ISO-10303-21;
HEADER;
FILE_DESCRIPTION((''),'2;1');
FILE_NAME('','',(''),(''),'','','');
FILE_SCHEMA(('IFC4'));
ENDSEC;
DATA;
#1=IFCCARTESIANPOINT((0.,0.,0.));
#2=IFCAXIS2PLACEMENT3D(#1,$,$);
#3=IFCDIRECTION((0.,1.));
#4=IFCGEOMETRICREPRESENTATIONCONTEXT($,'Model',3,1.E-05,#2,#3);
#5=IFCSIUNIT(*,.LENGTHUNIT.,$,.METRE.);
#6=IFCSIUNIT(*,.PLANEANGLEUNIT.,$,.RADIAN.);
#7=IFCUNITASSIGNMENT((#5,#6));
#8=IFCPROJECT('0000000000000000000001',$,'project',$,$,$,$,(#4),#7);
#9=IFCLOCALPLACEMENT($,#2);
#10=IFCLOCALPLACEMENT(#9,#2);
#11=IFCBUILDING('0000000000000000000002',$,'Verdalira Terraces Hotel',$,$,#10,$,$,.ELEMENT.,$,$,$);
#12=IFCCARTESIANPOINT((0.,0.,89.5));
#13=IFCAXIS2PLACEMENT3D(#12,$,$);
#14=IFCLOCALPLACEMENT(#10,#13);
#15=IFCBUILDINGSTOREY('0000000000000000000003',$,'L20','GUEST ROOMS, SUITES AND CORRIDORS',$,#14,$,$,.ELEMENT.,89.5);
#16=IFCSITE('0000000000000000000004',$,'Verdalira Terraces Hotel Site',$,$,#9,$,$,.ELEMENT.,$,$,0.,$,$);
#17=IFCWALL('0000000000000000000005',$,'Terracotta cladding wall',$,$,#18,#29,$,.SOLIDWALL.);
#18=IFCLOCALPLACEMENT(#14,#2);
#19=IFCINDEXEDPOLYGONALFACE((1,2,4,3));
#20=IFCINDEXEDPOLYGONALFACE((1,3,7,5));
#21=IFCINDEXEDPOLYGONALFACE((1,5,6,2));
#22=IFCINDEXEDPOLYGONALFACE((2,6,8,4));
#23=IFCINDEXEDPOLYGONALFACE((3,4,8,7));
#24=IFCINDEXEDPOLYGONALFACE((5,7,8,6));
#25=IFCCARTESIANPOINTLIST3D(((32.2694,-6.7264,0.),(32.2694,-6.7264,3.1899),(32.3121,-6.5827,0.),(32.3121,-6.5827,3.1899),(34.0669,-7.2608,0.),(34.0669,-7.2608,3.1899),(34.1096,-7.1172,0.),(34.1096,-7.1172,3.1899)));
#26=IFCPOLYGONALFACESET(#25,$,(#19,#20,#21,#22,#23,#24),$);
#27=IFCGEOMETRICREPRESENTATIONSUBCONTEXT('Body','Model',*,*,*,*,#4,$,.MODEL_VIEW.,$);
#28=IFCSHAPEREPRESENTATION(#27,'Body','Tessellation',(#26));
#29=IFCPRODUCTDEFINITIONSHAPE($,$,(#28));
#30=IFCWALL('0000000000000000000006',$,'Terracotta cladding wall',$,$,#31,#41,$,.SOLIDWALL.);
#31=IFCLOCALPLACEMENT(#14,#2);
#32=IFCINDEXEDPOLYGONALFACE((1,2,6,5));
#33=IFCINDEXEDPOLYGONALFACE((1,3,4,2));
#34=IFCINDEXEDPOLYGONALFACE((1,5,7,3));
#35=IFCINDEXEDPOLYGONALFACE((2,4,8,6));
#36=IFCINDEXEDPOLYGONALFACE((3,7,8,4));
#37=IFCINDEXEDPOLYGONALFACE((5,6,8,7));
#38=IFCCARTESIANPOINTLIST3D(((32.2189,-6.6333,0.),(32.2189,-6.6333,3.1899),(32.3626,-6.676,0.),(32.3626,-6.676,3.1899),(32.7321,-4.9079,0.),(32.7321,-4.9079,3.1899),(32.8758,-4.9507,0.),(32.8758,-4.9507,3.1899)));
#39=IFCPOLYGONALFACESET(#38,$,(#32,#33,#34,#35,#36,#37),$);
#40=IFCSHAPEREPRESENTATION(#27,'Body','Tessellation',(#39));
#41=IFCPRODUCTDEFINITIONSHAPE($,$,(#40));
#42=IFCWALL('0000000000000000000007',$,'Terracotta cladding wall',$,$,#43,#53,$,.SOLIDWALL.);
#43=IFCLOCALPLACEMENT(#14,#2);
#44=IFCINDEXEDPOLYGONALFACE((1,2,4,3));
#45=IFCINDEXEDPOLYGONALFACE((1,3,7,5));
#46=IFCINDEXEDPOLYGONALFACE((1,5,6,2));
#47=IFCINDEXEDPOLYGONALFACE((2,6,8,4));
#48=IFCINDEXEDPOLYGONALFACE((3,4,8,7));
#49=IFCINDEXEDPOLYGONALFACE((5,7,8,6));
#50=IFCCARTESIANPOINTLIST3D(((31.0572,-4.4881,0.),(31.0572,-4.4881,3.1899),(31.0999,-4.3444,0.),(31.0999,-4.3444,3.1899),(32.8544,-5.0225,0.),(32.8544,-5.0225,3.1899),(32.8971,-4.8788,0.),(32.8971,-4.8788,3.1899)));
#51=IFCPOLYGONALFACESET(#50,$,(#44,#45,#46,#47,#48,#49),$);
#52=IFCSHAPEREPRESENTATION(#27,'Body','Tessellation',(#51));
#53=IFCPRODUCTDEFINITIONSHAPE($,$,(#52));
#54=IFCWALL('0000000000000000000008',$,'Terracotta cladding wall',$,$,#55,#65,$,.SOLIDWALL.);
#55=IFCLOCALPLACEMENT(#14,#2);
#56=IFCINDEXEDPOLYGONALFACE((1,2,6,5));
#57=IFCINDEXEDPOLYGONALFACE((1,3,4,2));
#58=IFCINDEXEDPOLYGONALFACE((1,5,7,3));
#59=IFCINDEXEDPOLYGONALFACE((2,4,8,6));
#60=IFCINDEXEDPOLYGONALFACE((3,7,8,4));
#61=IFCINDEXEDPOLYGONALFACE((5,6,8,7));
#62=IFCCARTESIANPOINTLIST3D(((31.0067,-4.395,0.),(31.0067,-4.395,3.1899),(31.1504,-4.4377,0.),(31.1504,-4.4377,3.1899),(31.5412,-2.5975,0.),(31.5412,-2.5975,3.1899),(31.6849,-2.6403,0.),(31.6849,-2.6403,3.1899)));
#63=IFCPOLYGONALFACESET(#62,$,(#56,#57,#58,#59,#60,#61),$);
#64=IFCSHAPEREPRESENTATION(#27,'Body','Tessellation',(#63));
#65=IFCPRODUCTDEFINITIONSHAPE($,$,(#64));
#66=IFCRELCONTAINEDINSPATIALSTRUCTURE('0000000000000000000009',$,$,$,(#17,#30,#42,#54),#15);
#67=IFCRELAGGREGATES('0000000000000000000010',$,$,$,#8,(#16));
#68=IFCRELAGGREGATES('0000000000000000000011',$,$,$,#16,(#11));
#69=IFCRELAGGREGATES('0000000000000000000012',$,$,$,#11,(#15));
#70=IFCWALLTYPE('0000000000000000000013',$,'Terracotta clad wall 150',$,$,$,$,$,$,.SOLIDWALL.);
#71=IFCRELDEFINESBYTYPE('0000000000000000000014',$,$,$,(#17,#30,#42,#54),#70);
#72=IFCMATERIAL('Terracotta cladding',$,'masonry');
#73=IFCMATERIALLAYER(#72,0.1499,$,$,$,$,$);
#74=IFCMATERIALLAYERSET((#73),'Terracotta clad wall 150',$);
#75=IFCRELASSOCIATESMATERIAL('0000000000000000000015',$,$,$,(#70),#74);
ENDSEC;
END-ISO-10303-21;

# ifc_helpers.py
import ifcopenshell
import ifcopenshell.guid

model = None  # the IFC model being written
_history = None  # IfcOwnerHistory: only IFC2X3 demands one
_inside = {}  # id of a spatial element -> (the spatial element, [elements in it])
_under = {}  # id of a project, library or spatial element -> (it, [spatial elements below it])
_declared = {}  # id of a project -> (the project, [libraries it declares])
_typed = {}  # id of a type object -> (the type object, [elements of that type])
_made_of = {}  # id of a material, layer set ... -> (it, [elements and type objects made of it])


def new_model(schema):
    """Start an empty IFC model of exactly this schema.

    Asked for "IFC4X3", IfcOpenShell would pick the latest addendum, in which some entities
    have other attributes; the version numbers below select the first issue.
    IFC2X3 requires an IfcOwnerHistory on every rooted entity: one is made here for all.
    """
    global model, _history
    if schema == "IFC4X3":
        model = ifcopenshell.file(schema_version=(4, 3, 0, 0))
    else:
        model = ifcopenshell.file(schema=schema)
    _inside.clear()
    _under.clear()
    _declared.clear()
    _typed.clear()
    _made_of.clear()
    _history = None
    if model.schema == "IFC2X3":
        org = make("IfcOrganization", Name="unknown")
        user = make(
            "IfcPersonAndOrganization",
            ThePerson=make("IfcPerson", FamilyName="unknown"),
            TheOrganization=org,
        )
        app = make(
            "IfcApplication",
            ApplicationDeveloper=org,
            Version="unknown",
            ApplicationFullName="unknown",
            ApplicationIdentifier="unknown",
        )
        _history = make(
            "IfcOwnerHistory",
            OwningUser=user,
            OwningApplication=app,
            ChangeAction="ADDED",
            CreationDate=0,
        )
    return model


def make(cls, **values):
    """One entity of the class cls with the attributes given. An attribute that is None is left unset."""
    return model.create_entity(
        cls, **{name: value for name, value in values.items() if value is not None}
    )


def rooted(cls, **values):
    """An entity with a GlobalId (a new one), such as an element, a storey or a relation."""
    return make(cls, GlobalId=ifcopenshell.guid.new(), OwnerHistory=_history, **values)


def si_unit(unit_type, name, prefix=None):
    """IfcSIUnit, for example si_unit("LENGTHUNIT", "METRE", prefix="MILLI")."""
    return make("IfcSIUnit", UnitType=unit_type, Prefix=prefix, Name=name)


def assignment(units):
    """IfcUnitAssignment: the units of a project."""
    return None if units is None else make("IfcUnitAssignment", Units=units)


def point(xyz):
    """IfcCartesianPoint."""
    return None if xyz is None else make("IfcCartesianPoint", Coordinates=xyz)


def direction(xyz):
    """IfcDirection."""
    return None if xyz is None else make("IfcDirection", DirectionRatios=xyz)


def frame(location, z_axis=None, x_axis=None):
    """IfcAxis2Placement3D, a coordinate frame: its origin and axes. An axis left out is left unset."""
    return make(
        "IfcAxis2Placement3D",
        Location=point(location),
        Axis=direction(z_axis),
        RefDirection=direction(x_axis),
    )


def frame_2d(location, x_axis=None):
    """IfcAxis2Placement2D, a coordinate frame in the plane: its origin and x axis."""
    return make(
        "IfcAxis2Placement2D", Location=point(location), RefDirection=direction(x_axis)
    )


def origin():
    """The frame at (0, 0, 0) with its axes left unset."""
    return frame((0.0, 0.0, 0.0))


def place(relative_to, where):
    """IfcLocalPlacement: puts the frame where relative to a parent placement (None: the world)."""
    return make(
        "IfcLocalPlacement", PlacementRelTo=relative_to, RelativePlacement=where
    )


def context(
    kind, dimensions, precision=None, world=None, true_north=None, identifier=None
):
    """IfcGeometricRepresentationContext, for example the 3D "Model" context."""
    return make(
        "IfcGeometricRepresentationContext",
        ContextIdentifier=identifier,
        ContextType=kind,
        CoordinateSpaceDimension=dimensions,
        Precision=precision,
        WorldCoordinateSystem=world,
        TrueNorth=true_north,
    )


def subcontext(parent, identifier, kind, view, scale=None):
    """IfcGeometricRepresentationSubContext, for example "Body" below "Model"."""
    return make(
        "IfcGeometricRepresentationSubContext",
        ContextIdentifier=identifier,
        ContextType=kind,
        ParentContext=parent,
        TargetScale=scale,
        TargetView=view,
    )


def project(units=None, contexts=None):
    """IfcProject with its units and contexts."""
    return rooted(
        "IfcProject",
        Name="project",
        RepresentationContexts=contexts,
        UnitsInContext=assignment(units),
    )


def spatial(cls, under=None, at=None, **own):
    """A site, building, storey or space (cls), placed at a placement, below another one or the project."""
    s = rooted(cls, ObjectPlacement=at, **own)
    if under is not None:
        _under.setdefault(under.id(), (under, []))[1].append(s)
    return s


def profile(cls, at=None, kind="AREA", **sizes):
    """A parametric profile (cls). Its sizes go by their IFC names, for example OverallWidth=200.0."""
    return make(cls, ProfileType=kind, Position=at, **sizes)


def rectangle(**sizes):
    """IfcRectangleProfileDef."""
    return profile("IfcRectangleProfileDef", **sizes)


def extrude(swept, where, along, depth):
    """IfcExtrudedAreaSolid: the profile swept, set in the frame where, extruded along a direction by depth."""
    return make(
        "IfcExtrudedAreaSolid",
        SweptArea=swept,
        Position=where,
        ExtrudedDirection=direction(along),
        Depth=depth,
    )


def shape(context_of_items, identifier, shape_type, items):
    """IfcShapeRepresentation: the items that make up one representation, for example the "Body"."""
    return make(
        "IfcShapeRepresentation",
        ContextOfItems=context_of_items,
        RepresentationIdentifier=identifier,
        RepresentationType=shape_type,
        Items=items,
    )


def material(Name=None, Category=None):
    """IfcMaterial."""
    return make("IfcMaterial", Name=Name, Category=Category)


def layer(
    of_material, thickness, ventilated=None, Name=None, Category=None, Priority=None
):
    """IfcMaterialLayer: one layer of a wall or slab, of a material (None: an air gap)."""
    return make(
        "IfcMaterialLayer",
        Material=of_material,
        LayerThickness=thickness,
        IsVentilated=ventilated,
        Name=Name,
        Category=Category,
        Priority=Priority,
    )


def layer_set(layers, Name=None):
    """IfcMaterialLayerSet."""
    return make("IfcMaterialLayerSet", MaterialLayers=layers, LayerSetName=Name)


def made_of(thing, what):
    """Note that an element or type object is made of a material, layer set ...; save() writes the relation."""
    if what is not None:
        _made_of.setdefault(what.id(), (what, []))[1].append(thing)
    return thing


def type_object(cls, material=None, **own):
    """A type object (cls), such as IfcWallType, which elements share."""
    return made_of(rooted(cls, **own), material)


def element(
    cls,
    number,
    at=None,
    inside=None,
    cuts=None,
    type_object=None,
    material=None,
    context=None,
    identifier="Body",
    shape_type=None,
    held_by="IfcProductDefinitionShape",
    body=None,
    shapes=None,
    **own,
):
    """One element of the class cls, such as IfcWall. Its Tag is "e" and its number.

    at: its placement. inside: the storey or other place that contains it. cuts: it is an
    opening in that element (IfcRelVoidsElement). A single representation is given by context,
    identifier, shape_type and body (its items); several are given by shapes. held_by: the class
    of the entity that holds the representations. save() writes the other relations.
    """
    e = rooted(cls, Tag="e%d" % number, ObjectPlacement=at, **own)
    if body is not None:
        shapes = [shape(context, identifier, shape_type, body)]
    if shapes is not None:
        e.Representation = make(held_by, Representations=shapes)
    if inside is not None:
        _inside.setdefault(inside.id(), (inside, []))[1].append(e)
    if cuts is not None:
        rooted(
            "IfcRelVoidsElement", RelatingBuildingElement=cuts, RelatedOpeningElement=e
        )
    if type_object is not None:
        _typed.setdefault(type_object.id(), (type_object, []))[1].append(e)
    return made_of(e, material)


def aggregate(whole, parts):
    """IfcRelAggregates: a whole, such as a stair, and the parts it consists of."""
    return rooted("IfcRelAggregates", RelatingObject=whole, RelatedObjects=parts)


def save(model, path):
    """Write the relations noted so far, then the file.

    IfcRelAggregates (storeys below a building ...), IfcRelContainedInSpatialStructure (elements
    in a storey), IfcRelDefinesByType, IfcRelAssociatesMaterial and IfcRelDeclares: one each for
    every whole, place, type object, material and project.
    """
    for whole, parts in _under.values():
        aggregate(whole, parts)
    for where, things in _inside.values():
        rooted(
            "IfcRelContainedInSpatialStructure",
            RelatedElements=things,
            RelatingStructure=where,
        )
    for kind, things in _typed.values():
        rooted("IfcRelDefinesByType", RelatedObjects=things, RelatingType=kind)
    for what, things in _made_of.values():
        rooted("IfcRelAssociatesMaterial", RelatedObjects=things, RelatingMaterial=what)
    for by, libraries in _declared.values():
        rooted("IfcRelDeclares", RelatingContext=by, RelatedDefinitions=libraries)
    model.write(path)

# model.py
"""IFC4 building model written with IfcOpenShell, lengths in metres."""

from ifc_helpers import new_model, si_unit, direction, frame, frame_2d, origin, place, context, subcontext, project, spatial, rectangle, extrude, material, layer, layer_set, type_object, element, save


model = new_model("IFC4")

# Units and contexts
model_context = context("Model", 3, precision=1e-05, world=origin(), true_north=direction((0.0, 1.0)))
body_context = subcontext(model_context, "Body", "Model", "MODEL_VIEW")
ifc_project = project(units=[si_unit("LENGTHUNIT", "METRE"), si_unit("PLANEANGLEUNIT", "RADIAN")], contexts=[model_context])

# Site, building, storey
site_placement = place(None, origin())
site = spatial("IfcSite", under=ifc_project, at=site_placement, Name="Verdalira Terraces Hotel Site", CompositionType="ELEMENT", RefElevation=0.0)
building_placement = place(site_placement, origin())
building = spatial("IfcBuilding", under=site, at=building_placement, Name="Verdalira Terraces Hotel", CompositionType="ELEMENT")
storey_placement = place(building_placement, frame((0.0, 0.0, 89.5)))
storey = spatial("IfcBuildingStorey", under=building, at=storey_placement, Name="L20", Description="GUEST ROOMS, SUITES AND CORRIDORS", CompositionType="ELEMENT", Elevation=89.5)

# Walls
ifc_material_1 = material(Name="Terracotta cladding", Category="masonry")
ifc_layer_1 = layer(ifc_material_1, 0.1499)
ifc_layer_set_1 = layer_set([ifc_layer_1], Name="Terracotta clad wall 150")
wall_type_1 = type_object("IfcWallType", Name="Terracotta clad wall 150", PredefinedType="SOLIDWALL", material=ifc_layer_set_1)
wall_1_placement = place(storey_placement, frame((34.0881, -7.189, 0.0), z_axis=(0.0, 0.0, 1.0), x_axis=(-0.958526, 0.285006, 0.0)))
element("IfcWall", 1, at=wall_1_placement, inside=storey, type_object=wall_type_1, Name="Terracotta cladding wall", PredefinedType="SOLIDWALL", context=body_context, shape_type="SweptSolid", body=[
    extrude(rectangle(XDim=1.8752, YDim=0.1499, at=frame_2d((0.9375, 0.0))), origin(), (0.0, 0.0, 1.0), 3.1899),
])
wall_2_placement = place(storey_placement, frame((32.2908, -6.6545, 0.0), z_axis=(0.0, 0.0, 1.0), x_axis=(0.285095, 0.958499, 0.0)))
element("IfcWall", 2, at=wall_2_placement, inside=storey, type_object=wall_type_1, Name="Terracotta cladding wall", PredefinedType="SOLIDWALL", context=body_context, shape_type="SweptSolid", body=[
    extrude(rectangle(XDim=1.8, YDim=0.1499, at=frame_2d((0.8999, 0.0))), origin(), (0.0, 0.0, 1.0), 3.1899),
])
wall_3_placement = place(storey_placement, frame((32.8757, -4.9507, 0.0), z_axis=(0.0, 0.0, 1.0), x_axis=(-0.958515, 0.285041, 0.0)))
element("IfcWall", 3, at=wall_3_placement, inside=storey, type_object=wall_type_1, Name="Terracotta cladding wall", PredefinedType="SOLIDWALL", context=body_context, shape_type="SweptSolid", body=[
    extrude(rectangle(XDim=1.875, YDim=0.1499, at=frame_2d((0.9375, 0.0))), origin(), (0.0, 0.0, 1.0), 3.1899),
])
wall_4_placement = place(storey_placement, frame((31.0786, -4.4163, 0.0), z_axis=(0.0, 0.0, 1.0), x_axis=(0.285006, 0.958526, 0.0)))
element("IfcWall", 4, at=wall_4_placement, inside=storey, type_object=wall_type_1, Name="Terracotta cladding wall", PredefinedType="SOLIDWALL", context=body_context, shape_type="SweptSolid", body=[
    extrude(rectangle(XDim=1.8752, YDim=0.1499, at=frame_2d((0.9375, 0.0))), origin(), (0.0, 0.0, 1.0), 3.1899),
])

save(model, "model.ifc")
